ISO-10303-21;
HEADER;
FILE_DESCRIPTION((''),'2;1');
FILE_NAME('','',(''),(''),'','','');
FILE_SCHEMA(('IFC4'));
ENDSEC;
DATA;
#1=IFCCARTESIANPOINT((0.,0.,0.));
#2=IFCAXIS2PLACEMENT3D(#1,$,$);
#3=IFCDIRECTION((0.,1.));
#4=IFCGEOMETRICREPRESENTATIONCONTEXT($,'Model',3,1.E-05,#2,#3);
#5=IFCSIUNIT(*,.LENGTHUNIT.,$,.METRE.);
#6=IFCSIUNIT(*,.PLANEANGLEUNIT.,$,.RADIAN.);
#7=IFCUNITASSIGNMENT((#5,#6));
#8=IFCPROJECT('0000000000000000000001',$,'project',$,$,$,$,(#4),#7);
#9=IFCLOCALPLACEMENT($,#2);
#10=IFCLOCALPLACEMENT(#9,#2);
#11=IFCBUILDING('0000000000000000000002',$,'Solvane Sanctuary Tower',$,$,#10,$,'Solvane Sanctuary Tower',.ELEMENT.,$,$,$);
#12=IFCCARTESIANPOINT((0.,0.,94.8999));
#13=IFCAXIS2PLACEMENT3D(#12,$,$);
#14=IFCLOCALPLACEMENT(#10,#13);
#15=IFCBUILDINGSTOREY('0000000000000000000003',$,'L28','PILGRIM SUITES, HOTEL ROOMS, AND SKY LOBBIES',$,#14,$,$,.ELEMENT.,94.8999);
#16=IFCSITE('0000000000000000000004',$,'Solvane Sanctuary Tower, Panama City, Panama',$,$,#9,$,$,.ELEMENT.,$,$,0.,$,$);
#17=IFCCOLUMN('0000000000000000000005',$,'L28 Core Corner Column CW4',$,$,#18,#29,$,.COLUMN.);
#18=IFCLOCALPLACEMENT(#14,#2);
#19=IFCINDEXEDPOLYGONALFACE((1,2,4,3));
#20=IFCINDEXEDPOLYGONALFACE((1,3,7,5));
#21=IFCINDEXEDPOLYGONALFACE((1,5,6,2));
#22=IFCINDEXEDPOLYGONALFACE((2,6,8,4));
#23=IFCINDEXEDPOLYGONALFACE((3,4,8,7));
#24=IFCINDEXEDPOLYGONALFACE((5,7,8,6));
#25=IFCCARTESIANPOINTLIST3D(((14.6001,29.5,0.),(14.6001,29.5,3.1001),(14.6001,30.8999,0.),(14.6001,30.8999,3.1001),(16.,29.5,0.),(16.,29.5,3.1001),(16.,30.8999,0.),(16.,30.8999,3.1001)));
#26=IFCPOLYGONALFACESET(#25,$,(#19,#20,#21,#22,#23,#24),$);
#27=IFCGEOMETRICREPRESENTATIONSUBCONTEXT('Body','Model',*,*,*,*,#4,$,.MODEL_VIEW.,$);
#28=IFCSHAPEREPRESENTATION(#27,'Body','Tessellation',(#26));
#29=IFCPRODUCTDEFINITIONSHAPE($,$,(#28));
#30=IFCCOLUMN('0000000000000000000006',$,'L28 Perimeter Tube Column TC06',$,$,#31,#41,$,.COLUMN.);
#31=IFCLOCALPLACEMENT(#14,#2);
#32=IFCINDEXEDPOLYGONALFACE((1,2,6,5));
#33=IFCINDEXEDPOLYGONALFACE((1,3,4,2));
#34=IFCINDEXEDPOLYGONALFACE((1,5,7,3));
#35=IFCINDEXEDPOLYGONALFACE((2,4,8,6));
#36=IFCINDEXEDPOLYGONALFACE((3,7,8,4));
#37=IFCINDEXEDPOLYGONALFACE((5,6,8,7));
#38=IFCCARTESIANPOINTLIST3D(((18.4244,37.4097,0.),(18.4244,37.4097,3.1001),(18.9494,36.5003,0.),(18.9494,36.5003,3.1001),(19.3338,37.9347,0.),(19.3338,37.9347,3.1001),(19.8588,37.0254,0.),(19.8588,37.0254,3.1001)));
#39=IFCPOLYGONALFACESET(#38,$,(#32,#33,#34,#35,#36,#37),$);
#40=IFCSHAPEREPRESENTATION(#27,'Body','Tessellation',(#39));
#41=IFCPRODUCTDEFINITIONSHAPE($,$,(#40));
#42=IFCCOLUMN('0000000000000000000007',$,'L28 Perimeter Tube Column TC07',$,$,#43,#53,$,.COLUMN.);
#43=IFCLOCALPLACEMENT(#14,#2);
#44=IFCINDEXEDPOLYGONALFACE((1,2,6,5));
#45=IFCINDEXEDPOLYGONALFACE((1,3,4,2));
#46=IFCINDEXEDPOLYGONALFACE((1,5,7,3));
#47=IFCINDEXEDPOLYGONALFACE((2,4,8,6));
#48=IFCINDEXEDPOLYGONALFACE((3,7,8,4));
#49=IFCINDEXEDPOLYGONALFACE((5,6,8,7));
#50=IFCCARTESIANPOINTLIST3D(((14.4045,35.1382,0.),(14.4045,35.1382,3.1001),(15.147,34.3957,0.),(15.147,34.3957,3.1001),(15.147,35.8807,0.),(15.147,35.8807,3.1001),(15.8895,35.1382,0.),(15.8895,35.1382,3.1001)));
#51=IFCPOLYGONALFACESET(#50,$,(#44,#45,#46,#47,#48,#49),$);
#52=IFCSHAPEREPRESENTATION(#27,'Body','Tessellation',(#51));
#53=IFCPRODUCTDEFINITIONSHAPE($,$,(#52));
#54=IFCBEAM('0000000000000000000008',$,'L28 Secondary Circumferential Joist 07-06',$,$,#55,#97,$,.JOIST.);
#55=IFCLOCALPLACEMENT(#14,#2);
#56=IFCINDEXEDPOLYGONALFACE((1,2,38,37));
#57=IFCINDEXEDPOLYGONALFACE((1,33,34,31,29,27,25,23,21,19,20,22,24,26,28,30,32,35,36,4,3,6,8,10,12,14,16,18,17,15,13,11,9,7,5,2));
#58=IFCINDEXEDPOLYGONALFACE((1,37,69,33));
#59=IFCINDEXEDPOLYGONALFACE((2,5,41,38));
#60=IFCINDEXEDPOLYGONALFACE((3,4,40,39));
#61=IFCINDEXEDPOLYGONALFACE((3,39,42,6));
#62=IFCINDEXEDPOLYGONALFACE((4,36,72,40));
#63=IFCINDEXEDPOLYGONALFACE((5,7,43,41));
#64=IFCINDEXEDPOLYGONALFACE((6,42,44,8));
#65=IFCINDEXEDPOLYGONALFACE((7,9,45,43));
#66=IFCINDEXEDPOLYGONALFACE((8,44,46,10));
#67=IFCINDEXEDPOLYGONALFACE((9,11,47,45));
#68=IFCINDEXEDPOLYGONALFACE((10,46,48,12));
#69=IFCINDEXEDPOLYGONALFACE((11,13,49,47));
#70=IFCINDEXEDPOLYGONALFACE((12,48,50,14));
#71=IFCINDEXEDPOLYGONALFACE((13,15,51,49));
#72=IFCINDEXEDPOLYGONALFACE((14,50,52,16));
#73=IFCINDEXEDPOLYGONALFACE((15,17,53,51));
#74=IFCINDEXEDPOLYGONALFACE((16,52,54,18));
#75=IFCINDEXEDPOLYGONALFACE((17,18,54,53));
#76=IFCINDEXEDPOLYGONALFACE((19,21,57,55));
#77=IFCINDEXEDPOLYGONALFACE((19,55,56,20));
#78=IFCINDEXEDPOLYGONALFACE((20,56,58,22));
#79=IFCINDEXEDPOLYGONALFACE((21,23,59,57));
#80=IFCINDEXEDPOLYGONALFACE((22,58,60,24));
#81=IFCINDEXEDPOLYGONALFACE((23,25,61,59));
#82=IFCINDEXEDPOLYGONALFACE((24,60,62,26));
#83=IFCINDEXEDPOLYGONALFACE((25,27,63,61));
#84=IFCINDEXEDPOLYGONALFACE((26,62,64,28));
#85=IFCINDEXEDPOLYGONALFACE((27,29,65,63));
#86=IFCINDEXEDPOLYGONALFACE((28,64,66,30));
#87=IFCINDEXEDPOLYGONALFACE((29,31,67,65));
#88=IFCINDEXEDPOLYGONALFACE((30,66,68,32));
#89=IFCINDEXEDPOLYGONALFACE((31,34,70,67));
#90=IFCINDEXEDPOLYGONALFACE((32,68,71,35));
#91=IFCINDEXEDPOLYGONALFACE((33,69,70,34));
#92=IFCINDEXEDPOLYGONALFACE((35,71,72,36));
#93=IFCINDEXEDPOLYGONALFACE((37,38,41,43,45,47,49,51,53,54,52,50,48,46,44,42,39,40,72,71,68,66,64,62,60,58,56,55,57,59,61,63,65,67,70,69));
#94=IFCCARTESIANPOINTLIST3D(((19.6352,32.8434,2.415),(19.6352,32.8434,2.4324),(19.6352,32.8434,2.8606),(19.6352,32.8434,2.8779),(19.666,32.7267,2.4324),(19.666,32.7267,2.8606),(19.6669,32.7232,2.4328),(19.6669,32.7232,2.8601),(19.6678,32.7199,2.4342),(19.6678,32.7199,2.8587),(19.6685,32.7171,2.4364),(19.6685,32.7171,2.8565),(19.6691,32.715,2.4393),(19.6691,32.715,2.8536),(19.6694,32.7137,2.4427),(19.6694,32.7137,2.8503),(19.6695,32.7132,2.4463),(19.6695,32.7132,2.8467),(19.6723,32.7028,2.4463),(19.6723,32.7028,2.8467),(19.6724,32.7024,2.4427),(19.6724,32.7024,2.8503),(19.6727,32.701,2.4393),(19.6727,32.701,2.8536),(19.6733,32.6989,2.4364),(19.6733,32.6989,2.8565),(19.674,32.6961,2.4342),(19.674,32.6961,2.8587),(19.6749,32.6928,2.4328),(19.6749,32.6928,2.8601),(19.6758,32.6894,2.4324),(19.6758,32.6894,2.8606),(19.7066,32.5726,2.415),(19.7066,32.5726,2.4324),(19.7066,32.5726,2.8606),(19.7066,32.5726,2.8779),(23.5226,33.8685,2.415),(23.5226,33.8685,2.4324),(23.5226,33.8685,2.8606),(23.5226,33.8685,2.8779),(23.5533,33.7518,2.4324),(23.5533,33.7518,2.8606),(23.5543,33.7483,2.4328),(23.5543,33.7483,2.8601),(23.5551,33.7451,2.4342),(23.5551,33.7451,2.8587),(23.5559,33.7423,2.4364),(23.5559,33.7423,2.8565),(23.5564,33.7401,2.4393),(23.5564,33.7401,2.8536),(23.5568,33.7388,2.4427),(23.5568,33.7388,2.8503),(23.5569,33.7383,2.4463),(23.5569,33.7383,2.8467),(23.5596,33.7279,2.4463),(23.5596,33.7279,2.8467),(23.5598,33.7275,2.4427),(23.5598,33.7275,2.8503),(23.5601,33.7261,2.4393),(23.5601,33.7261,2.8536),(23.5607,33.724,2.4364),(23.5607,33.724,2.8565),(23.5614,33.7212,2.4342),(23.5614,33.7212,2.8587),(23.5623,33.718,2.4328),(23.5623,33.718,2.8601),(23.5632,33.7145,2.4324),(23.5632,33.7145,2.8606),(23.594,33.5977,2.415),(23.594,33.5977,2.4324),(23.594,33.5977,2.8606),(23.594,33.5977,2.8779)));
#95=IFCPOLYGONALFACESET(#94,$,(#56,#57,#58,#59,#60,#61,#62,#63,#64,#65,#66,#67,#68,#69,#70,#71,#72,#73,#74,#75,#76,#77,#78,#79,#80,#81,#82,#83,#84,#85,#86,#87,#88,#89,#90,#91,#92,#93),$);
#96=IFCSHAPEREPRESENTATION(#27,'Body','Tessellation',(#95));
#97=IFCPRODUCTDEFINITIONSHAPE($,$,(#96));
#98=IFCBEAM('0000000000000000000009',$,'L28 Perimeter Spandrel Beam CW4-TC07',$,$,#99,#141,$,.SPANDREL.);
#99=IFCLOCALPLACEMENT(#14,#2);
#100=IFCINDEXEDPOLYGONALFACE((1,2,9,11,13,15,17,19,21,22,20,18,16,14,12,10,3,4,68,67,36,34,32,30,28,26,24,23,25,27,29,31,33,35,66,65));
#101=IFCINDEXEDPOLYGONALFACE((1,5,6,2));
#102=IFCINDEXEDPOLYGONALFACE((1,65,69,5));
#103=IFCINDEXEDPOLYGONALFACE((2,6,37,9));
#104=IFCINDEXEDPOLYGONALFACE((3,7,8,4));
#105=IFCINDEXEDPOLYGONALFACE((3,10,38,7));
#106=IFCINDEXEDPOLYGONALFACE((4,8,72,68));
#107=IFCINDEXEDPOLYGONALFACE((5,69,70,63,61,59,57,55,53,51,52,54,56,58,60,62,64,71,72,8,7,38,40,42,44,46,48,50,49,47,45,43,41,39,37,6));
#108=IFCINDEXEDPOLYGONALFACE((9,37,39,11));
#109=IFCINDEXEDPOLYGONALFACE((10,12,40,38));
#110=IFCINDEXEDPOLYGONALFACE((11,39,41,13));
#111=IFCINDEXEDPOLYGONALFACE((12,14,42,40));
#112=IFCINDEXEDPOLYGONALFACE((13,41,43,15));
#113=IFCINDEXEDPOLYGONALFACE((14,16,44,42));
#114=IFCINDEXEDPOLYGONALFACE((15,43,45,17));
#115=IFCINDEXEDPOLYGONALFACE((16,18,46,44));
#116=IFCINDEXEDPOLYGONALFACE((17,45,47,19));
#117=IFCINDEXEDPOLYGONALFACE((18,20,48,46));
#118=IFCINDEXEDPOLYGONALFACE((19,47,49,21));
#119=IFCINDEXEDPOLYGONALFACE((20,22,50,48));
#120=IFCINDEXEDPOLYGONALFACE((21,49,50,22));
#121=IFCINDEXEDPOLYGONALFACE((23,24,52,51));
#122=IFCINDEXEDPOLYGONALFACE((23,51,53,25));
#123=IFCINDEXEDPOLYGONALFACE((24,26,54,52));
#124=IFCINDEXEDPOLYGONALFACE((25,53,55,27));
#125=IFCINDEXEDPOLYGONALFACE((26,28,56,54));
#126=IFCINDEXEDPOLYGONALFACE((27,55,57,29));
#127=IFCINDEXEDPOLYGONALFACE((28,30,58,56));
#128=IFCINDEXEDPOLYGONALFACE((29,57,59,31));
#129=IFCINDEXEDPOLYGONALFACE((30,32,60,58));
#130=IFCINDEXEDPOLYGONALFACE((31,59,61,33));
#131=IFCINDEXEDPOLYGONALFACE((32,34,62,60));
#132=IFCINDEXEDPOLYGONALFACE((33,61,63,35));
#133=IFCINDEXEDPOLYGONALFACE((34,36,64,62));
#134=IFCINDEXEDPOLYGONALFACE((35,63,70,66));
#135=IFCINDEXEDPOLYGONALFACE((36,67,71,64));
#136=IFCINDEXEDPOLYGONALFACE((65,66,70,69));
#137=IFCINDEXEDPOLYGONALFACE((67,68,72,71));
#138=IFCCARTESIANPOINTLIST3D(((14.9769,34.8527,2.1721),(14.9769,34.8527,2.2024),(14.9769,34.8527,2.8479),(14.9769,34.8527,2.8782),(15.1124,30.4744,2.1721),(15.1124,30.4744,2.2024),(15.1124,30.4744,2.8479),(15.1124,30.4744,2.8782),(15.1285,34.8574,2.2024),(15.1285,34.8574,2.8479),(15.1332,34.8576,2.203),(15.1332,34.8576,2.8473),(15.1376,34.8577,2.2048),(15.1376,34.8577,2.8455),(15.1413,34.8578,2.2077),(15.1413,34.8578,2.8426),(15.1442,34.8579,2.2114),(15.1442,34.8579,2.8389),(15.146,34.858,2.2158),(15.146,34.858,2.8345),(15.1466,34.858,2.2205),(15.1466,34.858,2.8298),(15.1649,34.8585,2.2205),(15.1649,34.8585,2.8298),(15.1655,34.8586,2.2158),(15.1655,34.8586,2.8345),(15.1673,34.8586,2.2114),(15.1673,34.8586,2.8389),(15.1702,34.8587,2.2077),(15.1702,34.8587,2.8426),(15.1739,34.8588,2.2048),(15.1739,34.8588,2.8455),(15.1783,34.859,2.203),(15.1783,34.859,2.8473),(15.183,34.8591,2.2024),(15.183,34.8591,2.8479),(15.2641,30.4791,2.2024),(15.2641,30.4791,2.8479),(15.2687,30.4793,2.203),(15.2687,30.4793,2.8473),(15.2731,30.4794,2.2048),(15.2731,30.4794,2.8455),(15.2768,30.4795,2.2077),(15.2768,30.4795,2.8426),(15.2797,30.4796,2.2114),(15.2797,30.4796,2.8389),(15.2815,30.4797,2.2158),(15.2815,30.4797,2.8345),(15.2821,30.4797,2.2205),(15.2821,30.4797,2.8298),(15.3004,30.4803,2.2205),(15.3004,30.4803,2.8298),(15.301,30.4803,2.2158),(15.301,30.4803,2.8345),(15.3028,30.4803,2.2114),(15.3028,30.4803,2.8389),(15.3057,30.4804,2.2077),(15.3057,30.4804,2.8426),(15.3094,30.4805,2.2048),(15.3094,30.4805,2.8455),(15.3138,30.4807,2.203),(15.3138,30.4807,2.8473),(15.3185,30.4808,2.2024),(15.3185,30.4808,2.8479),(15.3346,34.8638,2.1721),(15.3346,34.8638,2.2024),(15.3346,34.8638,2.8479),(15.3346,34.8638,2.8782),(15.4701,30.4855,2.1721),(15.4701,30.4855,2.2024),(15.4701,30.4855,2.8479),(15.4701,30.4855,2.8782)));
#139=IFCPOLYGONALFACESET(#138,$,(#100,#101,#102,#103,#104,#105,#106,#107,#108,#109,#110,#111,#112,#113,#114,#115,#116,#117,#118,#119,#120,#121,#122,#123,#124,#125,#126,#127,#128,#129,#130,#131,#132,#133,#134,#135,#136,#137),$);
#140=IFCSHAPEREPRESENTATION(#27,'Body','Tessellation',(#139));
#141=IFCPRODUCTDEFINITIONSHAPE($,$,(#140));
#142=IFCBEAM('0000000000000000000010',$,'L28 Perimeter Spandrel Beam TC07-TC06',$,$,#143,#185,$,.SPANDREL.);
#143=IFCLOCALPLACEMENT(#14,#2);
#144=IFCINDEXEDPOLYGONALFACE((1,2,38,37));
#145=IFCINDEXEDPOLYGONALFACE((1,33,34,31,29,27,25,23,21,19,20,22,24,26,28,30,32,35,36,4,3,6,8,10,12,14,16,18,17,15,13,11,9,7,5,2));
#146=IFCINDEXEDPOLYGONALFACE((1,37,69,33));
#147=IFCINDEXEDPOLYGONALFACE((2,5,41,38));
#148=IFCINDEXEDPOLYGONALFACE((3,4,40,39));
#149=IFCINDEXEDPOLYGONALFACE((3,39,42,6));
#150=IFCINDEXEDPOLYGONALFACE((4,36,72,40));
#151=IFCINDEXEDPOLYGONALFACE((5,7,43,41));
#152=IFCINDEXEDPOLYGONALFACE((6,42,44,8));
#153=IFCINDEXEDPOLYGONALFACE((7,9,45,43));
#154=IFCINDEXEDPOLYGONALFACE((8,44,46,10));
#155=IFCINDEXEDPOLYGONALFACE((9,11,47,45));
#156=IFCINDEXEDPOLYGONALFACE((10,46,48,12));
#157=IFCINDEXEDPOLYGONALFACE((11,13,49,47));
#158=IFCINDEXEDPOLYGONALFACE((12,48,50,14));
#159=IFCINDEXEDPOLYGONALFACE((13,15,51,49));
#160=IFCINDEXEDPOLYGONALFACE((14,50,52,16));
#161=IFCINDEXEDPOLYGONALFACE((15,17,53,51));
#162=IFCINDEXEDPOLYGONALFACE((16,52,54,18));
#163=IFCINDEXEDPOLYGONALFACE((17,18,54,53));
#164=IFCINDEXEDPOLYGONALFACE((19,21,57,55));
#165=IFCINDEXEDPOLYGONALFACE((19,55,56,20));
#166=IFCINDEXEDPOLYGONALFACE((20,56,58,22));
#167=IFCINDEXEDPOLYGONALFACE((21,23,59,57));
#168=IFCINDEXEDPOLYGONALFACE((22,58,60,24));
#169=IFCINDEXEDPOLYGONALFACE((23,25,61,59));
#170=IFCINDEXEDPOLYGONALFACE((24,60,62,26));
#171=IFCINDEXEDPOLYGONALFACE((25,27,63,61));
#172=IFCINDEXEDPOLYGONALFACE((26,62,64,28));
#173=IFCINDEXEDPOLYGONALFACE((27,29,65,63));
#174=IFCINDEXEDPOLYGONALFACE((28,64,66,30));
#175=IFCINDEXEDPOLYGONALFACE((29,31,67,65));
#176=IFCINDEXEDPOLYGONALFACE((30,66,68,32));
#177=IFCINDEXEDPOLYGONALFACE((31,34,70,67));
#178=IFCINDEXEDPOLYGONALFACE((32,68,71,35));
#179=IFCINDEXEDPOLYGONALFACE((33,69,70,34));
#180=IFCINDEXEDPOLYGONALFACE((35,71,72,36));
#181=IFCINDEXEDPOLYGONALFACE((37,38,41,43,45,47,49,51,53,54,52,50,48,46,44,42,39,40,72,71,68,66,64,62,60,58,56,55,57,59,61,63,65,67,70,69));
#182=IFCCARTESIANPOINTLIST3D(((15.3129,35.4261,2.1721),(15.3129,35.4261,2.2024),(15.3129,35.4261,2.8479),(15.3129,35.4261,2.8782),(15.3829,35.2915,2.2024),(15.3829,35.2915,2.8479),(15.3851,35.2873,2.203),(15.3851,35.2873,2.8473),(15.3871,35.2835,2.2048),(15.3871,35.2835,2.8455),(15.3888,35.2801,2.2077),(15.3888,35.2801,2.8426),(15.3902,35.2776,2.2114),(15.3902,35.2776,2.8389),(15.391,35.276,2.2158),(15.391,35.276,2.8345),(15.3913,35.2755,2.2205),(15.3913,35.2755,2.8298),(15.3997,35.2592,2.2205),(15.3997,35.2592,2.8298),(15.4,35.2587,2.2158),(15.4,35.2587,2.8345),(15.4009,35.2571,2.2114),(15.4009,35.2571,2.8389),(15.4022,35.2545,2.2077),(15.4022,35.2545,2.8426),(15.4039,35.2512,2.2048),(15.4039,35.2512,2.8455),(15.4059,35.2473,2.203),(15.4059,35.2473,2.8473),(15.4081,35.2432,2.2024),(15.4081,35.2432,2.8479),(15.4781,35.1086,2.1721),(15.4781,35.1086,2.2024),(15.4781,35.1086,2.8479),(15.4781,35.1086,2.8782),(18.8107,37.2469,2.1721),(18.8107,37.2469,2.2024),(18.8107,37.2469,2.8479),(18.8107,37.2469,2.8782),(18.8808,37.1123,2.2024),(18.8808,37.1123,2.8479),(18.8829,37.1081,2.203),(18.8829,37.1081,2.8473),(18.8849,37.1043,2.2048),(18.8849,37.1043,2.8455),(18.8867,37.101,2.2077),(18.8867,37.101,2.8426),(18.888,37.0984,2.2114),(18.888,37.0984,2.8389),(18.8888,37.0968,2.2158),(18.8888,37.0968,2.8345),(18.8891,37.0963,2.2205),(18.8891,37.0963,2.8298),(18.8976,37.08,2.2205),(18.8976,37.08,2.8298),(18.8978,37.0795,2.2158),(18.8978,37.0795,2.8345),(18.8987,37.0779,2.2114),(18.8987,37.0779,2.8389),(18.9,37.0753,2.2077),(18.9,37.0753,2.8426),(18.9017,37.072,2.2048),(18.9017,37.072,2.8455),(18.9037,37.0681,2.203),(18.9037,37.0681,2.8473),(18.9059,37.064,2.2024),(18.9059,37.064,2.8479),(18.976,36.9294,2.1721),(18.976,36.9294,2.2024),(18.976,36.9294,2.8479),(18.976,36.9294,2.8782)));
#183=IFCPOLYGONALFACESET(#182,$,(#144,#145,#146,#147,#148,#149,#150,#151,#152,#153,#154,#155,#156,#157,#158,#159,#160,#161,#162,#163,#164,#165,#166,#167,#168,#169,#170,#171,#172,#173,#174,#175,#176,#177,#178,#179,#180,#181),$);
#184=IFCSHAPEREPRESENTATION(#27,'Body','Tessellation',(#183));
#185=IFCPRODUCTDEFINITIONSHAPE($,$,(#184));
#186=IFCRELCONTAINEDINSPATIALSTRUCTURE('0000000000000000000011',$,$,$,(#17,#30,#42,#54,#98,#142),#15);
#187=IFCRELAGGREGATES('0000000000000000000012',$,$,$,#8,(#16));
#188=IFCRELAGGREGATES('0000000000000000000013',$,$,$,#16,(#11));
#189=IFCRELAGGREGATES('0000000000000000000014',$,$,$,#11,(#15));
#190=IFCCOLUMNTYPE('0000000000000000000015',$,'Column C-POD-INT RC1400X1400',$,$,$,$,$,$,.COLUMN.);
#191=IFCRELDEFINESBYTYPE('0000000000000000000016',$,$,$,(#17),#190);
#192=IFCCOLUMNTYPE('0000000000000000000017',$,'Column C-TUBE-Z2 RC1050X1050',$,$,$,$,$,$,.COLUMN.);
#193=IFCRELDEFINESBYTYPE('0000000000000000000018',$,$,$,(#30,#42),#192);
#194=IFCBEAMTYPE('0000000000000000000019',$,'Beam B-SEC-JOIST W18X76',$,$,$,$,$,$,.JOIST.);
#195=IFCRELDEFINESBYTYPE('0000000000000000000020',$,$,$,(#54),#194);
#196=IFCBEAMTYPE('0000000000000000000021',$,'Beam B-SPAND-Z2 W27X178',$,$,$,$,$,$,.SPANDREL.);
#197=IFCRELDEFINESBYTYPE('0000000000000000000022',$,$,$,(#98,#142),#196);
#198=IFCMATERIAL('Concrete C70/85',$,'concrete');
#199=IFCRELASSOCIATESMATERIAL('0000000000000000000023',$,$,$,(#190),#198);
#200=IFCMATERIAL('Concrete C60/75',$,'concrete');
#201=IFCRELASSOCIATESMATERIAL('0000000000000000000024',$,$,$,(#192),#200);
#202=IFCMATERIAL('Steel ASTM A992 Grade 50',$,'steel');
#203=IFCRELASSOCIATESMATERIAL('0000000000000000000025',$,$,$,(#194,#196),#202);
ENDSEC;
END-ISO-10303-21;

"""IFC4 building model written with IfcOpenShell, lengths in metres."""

from ifc_helpers import new_model, si_unit, direction, frame, origin, origin_2d, place, context, subcontext, project, spatial, rectangle, i_section, extrude, material, material_profile, profile_set, type_object, element, save


model = new_model("IFC4")

# Units and contexts
model_context = context("Model", 3, precision=1e-05, world=origin(), true_north=direction((0.0, 1.0)))
body_context = subcontext(model_context, "Body", "Model", "MODEL_VIEW")
ifc_project = project(units=[si_unit("LENGTHUNIT", "METRE"), si_unit("PLANEANGLEUNIT", "RADIAN")], contexts=[model_context])

# Site, building, storey
site_placement = place(None, origin())
site = spatial("IfcSite", under=ifc_project, at=site_placement, Name="Solvane Sanctuary Tower, Panama City, Panama", CompositionType="ELEMENT", RefElevation=0.0)
building_placement = place(site_placement, origin())
building = spatial("IfcBuilding", under=site, at=building_placement, Name="Solvane Sanctuary Tower", LongName="Solvane Sanctuary Tower", CompositionType="ELEMENT")
storey_placement = place(building_placement, frame((0.0, 0.0, 94.8999)))
storey = spatial("IfcBuildingStorey", under=building, at=storey_placement, Name="L28", Description="PILGRIM SUITES, HOTEL ROOMS, AND SKY LOBBIES", CompositionType="ELEMENT", Elevation=94.8999)

# Columns
ifc_material_1 = material(Name="Concrete C70/85", Category="concrete")
ifc_material_profile_1 = material_profile(ifc_material_1, rectangle(XDim=1.3999, YDim=1.3999, at=origin_2d()), Name="RC1400X1400")
ifc_profile_set_1 = profile_set([ifc_material_profile_1], Name="Concrete C70/85")
column_type_1 = type_object("IfcColumnType", Name="Column C-POD-INT RC1400X1400", PredefinedType="COLUMN", material=ifc_profile_set_1)
column_placement = place(storey_placement, frame((15.3, 30.2, 0.0), z_axis=(0.0, 0.0, 1.0), x_axis=(1.0, 0.0, 0.0)))
element("IfcColumn", 1, at=column_placement, inside=storey, type_object=column_type_1, Name="L28 Core Corner Column CW4", PredefinedType="COLUMN", context=body_context, shape_type="SweptSolid", body=[
    extrude(rectangle(XDim=1.3999, YDim=1.3999, at=origin_2d()), origin(), (0.0, 0.0, 1.0), 3.1001),
])
ifc_material_2 = material(Name="Concrete C60/75", Category="concrete")
ifc_material_profile_2 = material_profile(ifc_material_2, rectangle(XDim=1.05, YDim=1.05, at=origin_2d()), Name="RC1050X1050")
ifc_profile_set_2 = profile_set([ifc_material_profile_2], Name="Concrete C60/75")
column_type_2 = type_object("IfcColumnType", Name="Column C-TUBE-Z2 RC1050X1050", PredefinedType="COLUMN", material=ifc_profile_set_2)
for number, where, z_axis, x_axis, name in (
    (2, (19.1416, 37.2175, 0.0), (0.0, 0.0, 1.0), (-0.5, 0.866025, 0.0), "L28 Perimeter Tube Column TC06"),
    (3, (15.147, 35.1382, 0.0), (0.0, 0.0, 1.0), (-0.707107, 0.707107, 0.0), "L28 Perimeter Tube Column TC07"),
):
    element("IfcColumn", number, at=place(storey_placement, frame(where, z_axis=z_axis, x_axis=x_axis)), inside=storey, type_object=column_type_2, Name=name, PredefinedType="COLUMN", context=body_context, shape_type="SweptSolid", body=[
        extrude(rectangle(XDim=1.05, YDim=1.05, at=origin_2d()), origin(), (0.0, 0.0, 1.0), 3.1001),
    ])

# Beams
ifc_material_3 = material(Name="Steel ASTM A992 Grade 50", Category="steel")
ifc_material_profile_3 = material_profile(ifc_material_3, i_section(OverallWidth=0.28, OverallDepth=0.4629, WebThickness=0.0107, FlangeThickness=0.0173, FilletRadius=0.0139, at=origin_2d()), Name="W18X76")
ifc_profile_set_3 = profile_set([ifc_material_profile_3], Name="Steel ASTM A992 Grade 50")
beam_type_1 = type_object("IfcBeamType", Name="Beam B-SEC-JOIST W18X76", PredefinedType="JOIST", material=ifc_profile_set_3)
beam_1_placement = place(storey_placement, frame((19.6709, 32.708, 2.6465), z_axis=(0.966944, 0.254989, 0.0), x_axis=(-0.254989, 0.966944, 0.0)))
element("IfcBeam", 4, at=beam_1_placement, inside=storey, type_object=beam_type_1, Name="L28 Secondary Circumferential Joist 07-06", PredefinedType="JOIST", context=body_context, shape_type="SweptSolid", body=[
    extrude(i_section(OverallWidth=0.28, OverallDepth=0.4629, WebThickness=0.0107, FlangeThickness=0.0173, FilletRadius=0.0139, at=origin_2d()), origin(), (0.0, 0.0, 1.0), 4.0203),
])
ifc_material_profile_4 = material_profile(ifc_material_3, i_section(OverallWidth=0.3579, OverallDepth=0.7061, WebThickness=0.0183, FlangeThickness=0.0303, FilletRadius=0.0181, at=origin_2d()), Name="W27X178")
ifc_profile_set_4 = profile_set([ifc_material_profile_4], Name="Steel ASTM A992 Grade 50")
beam_type_2 = type_object("IfcBeamType", Name="Beam B-SPAND-Z2 W27X178", PredefinedType="SPANDREL", material=ifc_profile_set_4)
beam_2_placement = place(storey_placement, frame((15.2913, 30.48, 2.5251), z_axis=(-0.030934, 0.999521, 0.0), x_axis=(-0.999521, -0.030934, 0.0)))
element("IfcBeam", 5, at=beam_2_placement, inside=storey, type_object=beam_type_2, Name="L28 Perimeter Spandrel Beam CW4-TC07", PredefinedType="SPANDREL", context=body_context, shape_type="SweptSolid", body=[
    extrude(i_section(OverallWidth=0.3579, OverallDepth=0.7061, WebThickness=0.0183, FlangeThickness=0.0303, FilletRadius=0.0181, at=origin_2d()), origin(), (0.0, 0.0, 1.0), 4.3804),
])
beam_3_placement = place(storey_placement, frame((15.3955, 35.2673, 2.5251), z_axis=(0.887015, 0.461741, 0.0), x_axis=(-0.461741, 0.887015, 0.0)))
element("IfcBeam", 6, at=beam_3_placement, inside=storey, type_object=beam_type_2, Name="L28 Perimeter Spandrel Beam TC07-TC06", PredefinedType="SPANDREL", context=body_context, shape_type="SweptSolid", body=[
    extrude(i_section(OverallWidth=0.3579, OverallDepth=0.7061, WebThickness=0.0183, FlangeThickness=0.0303, FilletRadius=0.0181, at=origin_2d()), origin(), (0.0, 0.0, 1.0), 3.9434),
])

save(model, "model.ifc")
